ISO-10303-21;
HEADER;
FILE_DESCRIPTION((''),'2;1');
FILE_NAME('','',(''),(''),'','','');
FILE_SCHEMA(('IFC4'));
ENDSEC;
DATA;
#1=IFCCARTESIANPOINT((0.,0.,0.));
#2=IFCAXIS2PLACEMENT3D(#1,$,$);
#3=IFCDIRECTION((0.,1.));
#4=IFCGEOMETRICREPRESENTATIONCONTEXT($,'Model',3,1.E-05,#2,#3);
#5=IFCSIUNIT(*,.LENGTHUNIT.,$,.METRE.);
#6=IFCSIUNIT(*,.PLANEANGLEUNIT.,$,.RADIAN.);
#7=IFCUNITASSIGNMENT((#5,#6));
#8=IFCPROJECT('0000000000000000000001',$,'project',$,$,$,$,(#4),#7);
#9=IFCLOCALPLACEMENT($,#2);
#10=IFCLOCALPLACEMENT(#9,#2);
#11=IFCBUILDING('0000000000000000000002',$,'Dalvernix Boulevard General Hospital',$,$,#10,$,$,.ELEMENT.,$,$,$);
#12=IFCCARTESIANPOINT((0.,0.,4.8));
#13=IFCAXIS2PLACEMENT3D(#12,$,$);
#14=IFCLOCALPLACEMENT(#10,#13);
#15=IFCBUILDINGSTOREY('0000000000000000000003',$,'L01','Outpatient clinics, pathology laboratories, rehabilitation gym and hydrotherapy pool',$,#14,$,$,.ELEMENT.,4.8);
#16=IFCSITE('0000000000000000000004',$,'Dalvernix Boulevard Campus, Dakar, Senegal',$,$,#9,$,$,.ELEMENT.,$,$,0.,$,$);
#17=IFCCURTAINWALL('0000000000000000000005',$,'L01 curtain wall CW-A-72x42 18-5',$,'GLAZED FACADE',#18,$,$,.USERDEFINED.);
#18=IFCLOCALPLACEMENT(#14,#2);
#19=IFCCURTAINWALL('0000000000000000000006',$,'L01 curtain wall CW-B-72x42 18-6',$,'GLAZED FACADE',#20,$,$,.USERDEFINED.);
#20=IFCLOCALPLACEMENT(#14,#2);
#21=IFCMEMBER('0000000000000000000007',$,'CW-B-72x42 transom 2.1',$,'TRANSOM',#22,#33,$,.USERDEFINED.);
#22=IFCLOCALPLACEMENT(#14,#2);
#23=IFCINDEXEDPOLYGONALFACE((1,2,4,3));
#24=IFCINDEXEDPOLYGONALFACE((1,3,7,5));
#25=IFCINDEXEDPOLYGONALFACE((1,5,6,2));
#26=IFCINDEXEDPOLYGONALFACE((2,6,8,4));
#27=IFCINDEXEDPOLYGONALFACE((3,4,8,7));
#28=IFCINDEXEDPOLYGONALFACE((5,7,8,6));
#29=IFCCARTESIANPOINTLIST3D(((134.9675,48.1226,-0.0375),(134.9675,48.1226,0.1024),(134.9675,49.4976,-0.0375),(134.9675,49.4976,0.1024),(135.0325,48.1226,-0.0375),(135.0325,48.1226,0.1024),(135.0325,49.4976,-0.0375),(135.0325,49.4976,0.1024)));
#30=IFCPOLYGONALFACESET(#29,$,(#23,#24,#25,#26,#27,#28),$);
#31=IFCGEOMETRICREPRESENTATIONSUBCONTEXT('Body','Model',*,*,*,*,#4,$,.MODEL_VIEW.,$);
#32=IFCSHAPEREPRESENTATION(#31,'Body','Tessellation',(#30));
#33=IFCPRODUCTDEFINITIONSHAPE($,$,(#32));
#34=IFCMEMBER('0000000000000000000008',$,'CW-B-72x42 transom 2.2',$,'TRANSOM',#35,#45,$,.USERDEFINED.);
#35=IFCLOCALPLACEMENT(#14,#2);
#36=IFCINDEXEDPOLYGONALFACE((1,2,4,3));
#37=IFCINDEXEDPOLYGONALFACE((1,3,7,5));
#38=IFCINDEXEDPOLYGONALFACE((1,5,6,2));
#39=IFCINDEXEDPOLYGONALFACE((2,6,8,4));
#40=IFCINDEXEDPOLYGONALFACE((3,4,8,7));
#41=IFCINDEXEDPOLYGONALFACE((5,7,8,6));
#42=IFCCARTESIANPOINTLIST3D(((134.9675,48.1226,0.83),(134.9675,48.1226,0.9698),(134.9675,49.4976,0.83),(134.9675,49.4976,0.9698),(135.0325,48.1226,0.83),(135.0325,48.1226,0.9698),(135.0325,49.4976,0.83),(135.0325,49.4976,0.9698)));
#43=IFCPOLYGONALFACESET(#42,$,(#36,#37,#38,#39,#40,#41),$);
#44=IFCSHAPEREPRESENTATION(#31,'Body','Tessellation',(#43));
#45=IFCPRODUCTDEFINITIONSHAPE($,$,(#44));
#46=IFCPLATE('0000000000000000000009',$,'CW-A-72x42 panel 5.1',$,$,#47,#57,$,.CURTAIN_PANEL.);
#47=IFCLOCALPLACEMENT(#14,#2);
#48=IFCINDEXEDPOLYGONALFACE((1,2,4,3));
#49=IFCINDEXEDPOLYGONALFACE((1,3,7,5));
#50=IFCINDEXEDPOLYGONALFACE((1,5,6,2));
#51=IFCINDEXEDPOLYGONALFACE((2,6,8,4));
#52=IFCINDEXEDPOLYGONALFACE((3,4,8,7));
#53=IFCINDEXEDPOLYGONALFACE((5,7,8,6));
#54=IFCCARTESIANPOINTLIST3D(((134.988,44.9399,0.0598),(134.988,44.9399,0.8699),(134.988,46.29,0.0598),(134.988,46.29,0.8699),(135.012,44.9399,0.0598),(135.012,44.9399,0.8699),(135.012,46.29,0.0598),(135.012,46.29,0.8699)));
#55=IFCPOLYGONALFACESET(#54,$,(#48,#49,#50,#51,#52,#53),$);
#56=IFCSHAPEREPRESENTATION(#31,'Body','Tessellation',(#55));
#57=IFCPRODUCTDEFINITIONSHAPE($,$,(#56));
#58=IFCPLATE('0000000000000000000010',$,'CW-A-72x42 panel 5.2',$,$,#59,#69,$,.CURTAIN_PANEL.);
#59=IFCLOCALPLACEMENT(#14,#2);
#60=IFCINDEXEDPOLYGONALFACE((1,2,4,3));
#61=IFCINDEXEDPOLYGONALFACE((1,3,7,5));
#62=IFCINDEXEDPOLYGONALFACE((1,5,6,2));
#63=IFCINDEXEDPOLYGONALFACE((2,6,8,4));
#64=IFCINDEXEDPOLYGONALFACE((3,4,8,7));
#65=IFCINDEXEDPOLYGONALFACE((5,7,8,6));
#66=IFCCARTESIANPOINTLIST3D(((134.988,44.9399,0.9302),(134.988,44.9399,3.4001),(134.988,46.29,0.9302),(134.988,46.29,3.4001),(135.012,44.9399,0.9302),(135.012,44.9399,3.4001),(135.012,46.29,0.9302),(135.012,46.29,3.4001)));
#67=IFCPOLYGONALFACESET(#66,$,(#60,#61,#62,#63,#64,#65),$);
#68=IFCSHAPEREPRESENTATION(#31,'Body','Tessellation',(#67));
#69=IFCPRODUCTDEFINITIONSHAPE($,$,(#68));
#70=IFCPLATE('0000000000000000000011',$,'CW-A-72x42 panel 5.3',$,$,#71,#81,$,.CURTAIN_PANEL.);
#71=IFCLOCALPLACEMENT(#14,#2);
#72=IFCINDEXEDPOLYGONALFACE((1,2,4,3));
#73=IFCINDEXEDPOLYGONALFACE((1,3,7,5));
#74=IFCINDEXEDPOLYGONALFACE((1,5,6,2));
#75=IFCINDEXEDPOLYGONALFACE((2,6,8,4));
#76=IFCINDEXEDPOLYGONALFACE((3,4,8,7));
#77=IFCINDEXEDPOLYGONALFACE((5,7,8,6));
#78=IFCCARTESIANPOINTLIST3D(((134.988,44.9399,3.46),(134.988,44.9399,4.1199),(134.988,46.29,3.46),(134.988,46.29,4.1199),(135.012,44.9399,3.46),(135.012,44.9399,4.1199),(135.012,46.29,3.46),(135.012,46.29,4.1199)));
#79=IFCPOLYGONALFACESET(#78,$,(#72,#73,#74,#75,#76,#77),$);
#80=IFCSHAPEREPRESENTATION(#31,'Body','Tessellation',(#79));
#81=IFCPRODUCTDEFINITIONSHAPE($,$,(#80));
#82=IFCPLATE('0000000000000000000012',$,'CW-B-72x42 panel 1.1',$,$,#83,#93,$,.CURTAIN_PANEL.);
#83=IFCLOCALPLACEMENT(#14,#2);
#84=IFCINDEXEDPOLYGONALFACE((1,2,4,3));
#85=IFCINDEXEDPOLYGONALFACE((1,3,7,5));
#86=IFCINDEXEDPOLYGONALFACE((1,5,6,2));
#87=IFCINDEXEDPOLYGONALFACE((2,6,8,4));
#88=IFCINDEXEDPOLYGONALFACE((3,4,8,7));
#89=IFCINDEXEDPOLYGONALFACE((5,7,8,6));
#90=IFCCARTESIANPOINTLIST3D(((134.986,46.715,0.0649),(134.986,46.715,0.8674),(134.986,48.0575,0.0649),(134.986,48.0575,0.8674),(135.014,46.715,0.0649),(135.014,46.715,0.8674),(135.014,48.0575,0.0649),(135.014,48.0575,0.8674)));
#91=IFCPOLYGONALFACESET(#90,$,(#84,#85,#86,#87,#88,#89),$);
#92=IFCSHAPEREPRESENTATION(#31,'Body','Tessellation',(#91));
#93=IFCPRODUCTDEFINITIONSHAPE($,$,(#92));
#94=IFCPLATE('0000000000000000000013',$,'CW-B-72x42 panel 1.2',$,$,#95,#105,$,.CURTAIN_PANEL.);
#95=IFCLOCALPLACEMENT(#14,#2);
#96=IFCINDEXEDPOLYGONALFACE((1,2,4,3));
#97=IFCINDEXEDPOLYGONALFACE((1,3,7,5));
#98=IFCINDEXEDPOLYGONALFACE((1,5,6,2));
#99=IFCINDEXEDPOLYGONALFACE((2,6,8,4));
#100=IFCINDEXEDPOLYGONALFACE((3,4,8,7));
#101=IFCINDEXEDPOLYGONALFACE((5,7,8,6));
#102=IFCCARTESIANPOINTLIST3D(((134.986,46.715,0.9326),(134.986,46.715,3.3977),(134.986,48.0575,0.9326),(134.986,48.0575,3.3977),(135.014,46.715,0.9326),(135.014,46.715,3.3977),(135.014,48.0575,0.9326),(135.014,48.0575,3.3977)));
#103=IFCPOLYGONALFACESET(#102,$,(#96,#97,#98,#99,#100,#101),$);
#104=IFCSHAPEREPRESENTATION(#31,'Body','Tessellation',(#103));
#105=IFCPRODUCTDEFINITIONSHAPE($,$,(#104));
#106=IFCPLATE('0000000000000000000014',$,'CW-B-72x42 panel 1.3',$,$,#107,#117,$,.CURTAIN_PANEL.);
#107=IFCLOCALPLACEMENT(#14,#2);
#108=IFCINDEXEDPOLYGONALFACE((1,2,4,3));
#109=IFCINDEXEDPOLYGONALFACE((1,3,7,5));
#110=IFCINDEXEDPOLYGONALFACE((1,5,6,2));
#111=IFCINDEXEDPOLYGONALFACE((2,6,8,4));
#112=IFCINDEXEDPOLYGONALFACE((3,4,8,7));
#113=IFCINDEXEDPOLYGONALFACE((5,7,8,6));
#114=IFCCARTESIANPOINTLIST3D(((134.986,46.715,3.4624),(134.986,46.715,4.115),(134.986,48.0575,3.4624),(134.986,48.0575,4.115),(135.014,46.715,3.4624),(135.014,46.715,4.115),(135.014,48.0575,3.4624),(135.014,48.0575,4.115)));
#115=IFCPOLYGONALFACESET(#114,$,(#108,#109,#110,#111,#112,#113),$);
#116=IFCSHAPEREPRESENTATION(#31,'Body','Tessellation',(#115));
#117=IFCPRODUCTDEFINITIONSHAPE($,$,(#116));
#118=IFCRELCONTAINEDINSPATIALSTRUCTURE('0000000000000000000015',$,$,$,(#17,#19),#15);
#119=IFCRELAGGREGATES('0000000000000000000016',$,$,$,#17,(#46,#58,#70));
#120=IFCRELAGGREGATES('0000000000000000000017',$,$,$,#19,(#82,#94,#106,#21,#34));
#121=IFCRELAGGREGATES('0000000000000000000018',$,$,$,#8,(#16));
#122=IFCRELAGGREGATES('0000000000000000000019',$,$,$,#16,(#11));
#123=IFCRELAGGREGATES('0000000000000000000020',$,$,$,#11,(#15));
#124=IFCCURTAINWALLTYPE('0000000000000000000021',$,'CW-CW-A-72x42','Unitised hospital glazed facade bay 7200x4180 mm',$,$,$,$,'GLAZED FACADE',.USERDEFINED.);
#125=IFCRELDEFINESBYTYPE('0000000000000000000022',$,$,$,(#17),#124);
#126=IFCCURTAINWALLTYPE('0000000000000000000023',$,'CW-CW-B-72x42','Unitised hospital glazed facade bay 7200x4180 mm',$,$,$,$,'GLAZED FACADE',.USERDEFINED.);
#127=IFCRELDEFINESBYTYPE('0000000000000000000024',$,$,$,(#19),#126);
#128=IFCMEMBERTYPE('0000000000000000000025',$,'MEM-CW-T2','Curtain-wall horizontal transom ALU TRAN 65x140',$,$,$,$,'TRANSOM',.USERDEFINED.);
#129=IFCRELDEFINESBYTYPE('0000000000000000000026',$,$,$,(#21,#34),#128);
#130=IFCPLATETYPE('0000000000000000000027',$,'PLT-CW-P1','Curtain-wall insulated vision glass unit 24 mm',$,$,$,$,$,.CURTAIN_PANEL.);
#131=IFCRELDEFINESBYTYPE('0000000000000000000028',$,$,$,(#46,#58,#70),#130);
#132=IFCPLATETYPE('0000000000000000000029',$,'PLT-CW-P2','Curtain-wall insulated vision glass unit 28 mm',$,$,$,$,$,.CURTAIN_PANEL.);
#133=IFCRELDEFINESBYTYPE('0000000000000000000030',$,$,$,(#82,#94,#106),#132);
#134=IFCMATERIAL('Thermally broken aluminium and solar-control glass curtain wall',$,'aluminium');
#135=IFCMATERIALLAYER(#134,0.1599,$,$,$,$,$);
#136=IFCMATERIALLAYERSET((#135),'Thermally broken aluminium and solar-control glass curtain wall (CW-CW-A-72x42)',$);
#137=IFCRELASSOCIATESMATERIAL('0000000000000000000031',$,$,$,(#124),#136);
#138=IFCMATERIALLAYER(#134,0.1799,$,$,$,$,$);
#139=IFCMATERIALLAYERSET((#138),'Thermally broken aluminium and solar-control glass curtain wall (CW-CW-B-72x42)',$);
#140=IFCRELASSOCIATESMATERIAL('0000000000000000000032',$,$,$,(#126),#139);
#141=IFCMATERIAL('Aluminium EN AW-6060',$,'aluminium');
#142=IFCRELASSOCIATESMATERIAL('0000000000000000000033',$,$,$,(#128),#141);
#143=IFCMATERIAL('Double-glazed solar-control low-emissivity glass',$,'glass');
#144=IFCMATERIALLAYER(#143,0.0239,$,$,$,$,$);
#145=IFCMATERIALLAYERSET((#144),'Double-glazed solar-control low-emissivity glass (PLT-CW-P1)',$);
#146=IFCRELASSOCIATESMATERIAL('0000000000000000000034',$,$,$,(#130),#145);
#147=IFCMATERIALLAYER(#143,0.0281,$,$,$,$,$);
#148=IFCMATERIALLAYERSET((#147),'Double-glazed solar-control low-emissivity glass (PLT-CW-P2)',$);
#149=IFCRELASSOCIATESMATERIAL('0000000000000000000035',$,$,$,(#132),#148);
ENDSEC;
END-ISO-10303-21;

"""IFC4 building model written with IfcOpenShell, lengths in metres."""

from ifc_helpers import new_model, si_unit, direction, frame, origin, origin_2d, place, context, subcontext, project, spatial, rectangle, extrude, material, layer, layer_set, material_profile, profile_set, type_object, element, aggregate, save


model = new_model("IFC4")

# Units and contexts
model_context = context("Model", 3, precision=1e-05, world=origin(), true_north=direction((0.0, 1.0)))
body_context = subcontext(model_context, "Body", "Model", "MODEL_VIEW")
ifc_project = project(units=[si_unit("LENGTHUNIT", "METRE"), si_unit("PLANEANGLEUNIT", "RADIAN")], contexts=[model_context])

# Site, building, storey
site_placement = place(None, origin())
site = spatial("IfcSite", under=ifc_project, at=site_placement, Name="Dalvernix Boulevard Campus, Dakar, Senegal", CompositionType="ELEMENT", RefElevation=0.0)
building_placement = place(site_placement, origin())
building = spatial("IfcBuilding", under=site, at=building_placement, Name="Dalvernix Boulevard General Hospital", CompositionType="ELEMENT")
storey_placement = place(building_placement, frame((0.0, 0.0, 4.8)))
storey = spatial("IfcBuildingStorey", under=building, at=storey_placement, Name="L01", Description="Outpatient clinics, pathology laboratories, rehabilitation gym and hydrotherapy pool", CompositionType="ELEMENT", Elevation=4.8)

# Curtain wall
ifc_material_1 = material(Name="Thermally broken aluminium and solar-control glass curtain wall", Category="aluminium")
ifc_layer_1 = layer(ifc_material_1, 0.1599)
ifc_layer_set_1 = layer_set([ifc_layer_1], Name="Thermally broken aluminium and solar-control glass curtain wall (CW-CW-A-72x42)")
curtain_wall_type_1 = type_object("IfcCurtainWallType", Name="CW-CW-A-72x42", Description="Unitised hospital glazed facade bay 7200x4180 mm", ElementType="GLAZED FACADE", PredefinedType="USERDEFINED", material=ifc_layer_set_1)
curtain_wall_1_placement = place(storey_placement, origin())
curtain_wall_1 = element("IfcCurtainWall", 1, at=curtain_wall_1_placement, inside=storey, type_object=curtain_wall_type_1, Name="L01 curtain wall CW-A-72x42 18-5", ObjectType="GLAZED FACADE", PredefinedType="USERDEFINED")
ifc_material_2 = material(Name="Aluminium EN AW-6060", Category="aluminium")

# Curtain wall
ifc_layer_2 = layer(ifc_material_1, 0.1799)
ifc_layer_set_2 = layer_set([ifc_layer_2], Name="Thermally broken aluminium and solar-control glass curtain wall (CW-CW-B-72x42)")
curtain_wall_type_2 = type_object("IfcCurtainWallType", Name="CW-CW-B-72x42", Description="Unitised hospital glazed facade bay 7200x4180 mm", ElementType="GLAZED FACADE", PredefinedType="USERDEFINED", material=ifc_layer_set_2)
curtain_wall_2_placement = place(storey_placement, origin())
curtain_wall_2 = element("IfcCurtainWall", 2, at=curtain_wall_2_placement, inside=storey, type_object=curtain_wall_type_2, Name="L01 curtain wall CW-B-72x42 18-6", ObjectType="GLAZED FACADE", PredefinedType="USERDEFINED")

# Members
ifc_material_profile_1 = material_profile(ifc_material_2, rectangle(XDim=0.0649, YDim=0.1399, at=origin_2d()), Name="ALU TRAN 65x140")
ifc_profile_set_1 = profile_set([ifc_material_profile_1], Name="Aluminium EN AW-6060")
member_type_1 = type_object("IfcMemberType", Name="MEM-CW-T2", Description="Curtain-wall horizontal transom ALU TRAN 65x140", ElementType="TRANSOM", PredefinedType="USERDEFINED", material=ifc_profile_set_1)
member_1_placement = place(storey_placement, frame((135.0, 48.1226, 0.0325), z_axis=(0.0, 1.0, 0.0), x_axis=(-1.0, 0.0, 0.0)))
member_1 = element("IfcMember", 3, at=member_1_placement, type_object=member_type_1, Name="CW-B-72x42 transom 2.1", ObjectType="TRANSOM", PredefinedType="USERDEFINED", context=body_context, shape_type="SweptSolid", body=[
    extrude(rectangle(XDim=0.0649, YDim=0.1399, at=origin_2d()), origin(), (0.0, 0.0, 1.0), 1.375),
])
member_2_placement = place(storey_placement, frame((135.0, 48.1226, 0.8999), z_axis=(0.0, 1.0, 0.0), x_axis=(-1.0, 0.0, 0.0)))
member_2 = element("IfcMember", 4, at=member_2_placement, type_object=member_type_1, Name="CW-B-72x42 transom 2.2", ObjectType="TRANSOM", PredefinedType="USERDEFINED", context=body_context, shape_type="SweptSolid", body=[
    extrude(rectangle(XDim=0.0649, YDim=0.1399, at=origin_2d()), origin(), (0.0, 0.0, 1.0), 1.375),
])

# Plates
ifc_material_3 = material(Name="Double-glazed solar-control low-emissivity glass", Category="glass")
ifc_layer_3 = layer(ifc_material_3, 0.0239)
ifc_layer_set_3 = layer_set([ifc_layer_3], Name="Double-glazed solar-control low-emissivity glass (PLT-CW-P1)")
plate_type_1 = type_object("IfcPlateType", Name="PLT-CW-P1", Description="Curtain-wall insulated vision glass unit 24 mm", PredefinedType="CURTAIN_PANEL", material=ifc_layer_set_3)
plate_1_placement = place(storey_placement, frame((135.0, 45.615, 0.0598), z_axis=(0.0, 0.0, 1.0), x_axis=(0.0, 1.0, 0.0)))
plate_1 = element("IfcPlate", 5, at=plate_1_placement, type_object=plate_type_1, Name="CW-A-72x42 panel 5.1", PredefinedType="CURTAIN_PANEL", context=body_context, shape_type="SweptSolid", body=[
    extrude(rectangle(XDim=1.3501, YDim=0.0239, at=origin_2d()), origin(), (0.0, 0.0, 1.0), 0.8101),
])
plate_2_placement = place(storey_placement, frame((135.0, 45.615, 0.9302), z_axis=(0.0, 0.0, 1.0), x_axis=(0.0, 1.0, 0.0)))
plate_2 = element("IfcPlate", 6, at=plate_2_placement, type_object=plate_type_1, Name="CW-A-72x42 panel 5.2", PredefinedType="CURTAIN_PANEL", context=body_context, shape_type="SweptSolid", body=[
    extrude(rectangle(XDim=1.3501, YDim=0.0239, at=origin_2d()), origin(), (0.0, 0.0, 1.0), 2.47),
])
plate_3_placement = place(storey_placement, frame((135.0, 45.615, 3.46), z_axis=(0.0, 0.0, 1.0), x_axis=(0.0, 1.0, 0.0)))
plate_3 = element("IfcPlate", 7, at=plate_3_placement, type_object=plate_type_1, Name="CW-A-72x42 panel 5.3", PredefinedType="CURTAIN_PANEL", context=body_context, shape_type="SweptSolid", body=[
    extrude(rectangle(XDim=1.3501, YDim=0.0239, at=origin_2d()), origin(), (0.0, 0.0, 1.0), 0.6599),
])
aggregate(curtain_wall_1, [plate_1, plate_2, plate_3])
ifc_layer_4 = layer(ifc_material_3, 0.0281)
ifc_layer_set_4 = layer_set([ifc_layer_4], Name="Double-glazed solar-control low-emissivity glass (PLT-CW-P2)")
plate_type_2 = type_object("IfcPlateType", Name="PLT-CW-P2", Description="Curtain-wall insulated vision glass unit 28 mm", PredefinedType="CURTAIN_PANEL", material=ifc_layer_set_4)
plate_4_placement = place(storey_placement, frame((135.0, 47.3862, 0.0649), z_axis=(0.0, 0.0, 1.0), x_axis=(0.0, 1.0, 0.0)))
plate_4 = element("IfcPlate", 8, at=plate_4_placement, type_object=plate_type_2, Name="CW-B-72x42 panel 1.1", PredefinedType="CURTAIN_PANEL", context=body_context, shape_type="SweptSolid", body=[
    extrude(rectangle(XDim=1.3425, YDim=0.0281, at=origin_2d()), origin(), (0.0, 0.0, 1.0), 0.8025),
])
plate_5_placement = place(storey_placement, frame((135.0, 47.3862, 0.9326), z_axis=(0.0, 0.0, 1.0), x_axis=(0.0, 1.0, 0.0)))
plate_5 = element("IfcPlate", 9, at=plate_5_placement, type_object=plate_type_2, Name="CW-B-72x42 panel 1.2", PredefinedType="CURTAIN_PANEL", context=body_context, shape_type="SweptSolid", body=[
    extrude(rectangle(XDim=1.3425, YDim=0.0281, at=origin_2d()), origin(), (0.0, 0.0, 1.0), 2.4651),
])
plate_6_placement = place(storey_placement, frame((135.0, 47.3862, 3.4624), z_axis=(0.0, 0.0, 1.0), x_axis=(0.0, 1.0, 0.0)))
plate_6 = element("IfcPlate", 10, at=plate_6_placement, type_object=plate_type_2, Name="CW-B-72x42 panel 1.3", PredefinedType="CURTAIN_PANEL", context=body_context, shape_type="SweptSolid", body=[
    extrude(rectangle(XDim=1.3425, YDim=0.0281, at=origin_2d()), origin(), (0.0, 0.0, 1.0), 0.6526),
])
aggregate(curtain_wall_2, [plate_4, plate_5, plate_6, member_1, member_2])

save(model, "model.ifc")
